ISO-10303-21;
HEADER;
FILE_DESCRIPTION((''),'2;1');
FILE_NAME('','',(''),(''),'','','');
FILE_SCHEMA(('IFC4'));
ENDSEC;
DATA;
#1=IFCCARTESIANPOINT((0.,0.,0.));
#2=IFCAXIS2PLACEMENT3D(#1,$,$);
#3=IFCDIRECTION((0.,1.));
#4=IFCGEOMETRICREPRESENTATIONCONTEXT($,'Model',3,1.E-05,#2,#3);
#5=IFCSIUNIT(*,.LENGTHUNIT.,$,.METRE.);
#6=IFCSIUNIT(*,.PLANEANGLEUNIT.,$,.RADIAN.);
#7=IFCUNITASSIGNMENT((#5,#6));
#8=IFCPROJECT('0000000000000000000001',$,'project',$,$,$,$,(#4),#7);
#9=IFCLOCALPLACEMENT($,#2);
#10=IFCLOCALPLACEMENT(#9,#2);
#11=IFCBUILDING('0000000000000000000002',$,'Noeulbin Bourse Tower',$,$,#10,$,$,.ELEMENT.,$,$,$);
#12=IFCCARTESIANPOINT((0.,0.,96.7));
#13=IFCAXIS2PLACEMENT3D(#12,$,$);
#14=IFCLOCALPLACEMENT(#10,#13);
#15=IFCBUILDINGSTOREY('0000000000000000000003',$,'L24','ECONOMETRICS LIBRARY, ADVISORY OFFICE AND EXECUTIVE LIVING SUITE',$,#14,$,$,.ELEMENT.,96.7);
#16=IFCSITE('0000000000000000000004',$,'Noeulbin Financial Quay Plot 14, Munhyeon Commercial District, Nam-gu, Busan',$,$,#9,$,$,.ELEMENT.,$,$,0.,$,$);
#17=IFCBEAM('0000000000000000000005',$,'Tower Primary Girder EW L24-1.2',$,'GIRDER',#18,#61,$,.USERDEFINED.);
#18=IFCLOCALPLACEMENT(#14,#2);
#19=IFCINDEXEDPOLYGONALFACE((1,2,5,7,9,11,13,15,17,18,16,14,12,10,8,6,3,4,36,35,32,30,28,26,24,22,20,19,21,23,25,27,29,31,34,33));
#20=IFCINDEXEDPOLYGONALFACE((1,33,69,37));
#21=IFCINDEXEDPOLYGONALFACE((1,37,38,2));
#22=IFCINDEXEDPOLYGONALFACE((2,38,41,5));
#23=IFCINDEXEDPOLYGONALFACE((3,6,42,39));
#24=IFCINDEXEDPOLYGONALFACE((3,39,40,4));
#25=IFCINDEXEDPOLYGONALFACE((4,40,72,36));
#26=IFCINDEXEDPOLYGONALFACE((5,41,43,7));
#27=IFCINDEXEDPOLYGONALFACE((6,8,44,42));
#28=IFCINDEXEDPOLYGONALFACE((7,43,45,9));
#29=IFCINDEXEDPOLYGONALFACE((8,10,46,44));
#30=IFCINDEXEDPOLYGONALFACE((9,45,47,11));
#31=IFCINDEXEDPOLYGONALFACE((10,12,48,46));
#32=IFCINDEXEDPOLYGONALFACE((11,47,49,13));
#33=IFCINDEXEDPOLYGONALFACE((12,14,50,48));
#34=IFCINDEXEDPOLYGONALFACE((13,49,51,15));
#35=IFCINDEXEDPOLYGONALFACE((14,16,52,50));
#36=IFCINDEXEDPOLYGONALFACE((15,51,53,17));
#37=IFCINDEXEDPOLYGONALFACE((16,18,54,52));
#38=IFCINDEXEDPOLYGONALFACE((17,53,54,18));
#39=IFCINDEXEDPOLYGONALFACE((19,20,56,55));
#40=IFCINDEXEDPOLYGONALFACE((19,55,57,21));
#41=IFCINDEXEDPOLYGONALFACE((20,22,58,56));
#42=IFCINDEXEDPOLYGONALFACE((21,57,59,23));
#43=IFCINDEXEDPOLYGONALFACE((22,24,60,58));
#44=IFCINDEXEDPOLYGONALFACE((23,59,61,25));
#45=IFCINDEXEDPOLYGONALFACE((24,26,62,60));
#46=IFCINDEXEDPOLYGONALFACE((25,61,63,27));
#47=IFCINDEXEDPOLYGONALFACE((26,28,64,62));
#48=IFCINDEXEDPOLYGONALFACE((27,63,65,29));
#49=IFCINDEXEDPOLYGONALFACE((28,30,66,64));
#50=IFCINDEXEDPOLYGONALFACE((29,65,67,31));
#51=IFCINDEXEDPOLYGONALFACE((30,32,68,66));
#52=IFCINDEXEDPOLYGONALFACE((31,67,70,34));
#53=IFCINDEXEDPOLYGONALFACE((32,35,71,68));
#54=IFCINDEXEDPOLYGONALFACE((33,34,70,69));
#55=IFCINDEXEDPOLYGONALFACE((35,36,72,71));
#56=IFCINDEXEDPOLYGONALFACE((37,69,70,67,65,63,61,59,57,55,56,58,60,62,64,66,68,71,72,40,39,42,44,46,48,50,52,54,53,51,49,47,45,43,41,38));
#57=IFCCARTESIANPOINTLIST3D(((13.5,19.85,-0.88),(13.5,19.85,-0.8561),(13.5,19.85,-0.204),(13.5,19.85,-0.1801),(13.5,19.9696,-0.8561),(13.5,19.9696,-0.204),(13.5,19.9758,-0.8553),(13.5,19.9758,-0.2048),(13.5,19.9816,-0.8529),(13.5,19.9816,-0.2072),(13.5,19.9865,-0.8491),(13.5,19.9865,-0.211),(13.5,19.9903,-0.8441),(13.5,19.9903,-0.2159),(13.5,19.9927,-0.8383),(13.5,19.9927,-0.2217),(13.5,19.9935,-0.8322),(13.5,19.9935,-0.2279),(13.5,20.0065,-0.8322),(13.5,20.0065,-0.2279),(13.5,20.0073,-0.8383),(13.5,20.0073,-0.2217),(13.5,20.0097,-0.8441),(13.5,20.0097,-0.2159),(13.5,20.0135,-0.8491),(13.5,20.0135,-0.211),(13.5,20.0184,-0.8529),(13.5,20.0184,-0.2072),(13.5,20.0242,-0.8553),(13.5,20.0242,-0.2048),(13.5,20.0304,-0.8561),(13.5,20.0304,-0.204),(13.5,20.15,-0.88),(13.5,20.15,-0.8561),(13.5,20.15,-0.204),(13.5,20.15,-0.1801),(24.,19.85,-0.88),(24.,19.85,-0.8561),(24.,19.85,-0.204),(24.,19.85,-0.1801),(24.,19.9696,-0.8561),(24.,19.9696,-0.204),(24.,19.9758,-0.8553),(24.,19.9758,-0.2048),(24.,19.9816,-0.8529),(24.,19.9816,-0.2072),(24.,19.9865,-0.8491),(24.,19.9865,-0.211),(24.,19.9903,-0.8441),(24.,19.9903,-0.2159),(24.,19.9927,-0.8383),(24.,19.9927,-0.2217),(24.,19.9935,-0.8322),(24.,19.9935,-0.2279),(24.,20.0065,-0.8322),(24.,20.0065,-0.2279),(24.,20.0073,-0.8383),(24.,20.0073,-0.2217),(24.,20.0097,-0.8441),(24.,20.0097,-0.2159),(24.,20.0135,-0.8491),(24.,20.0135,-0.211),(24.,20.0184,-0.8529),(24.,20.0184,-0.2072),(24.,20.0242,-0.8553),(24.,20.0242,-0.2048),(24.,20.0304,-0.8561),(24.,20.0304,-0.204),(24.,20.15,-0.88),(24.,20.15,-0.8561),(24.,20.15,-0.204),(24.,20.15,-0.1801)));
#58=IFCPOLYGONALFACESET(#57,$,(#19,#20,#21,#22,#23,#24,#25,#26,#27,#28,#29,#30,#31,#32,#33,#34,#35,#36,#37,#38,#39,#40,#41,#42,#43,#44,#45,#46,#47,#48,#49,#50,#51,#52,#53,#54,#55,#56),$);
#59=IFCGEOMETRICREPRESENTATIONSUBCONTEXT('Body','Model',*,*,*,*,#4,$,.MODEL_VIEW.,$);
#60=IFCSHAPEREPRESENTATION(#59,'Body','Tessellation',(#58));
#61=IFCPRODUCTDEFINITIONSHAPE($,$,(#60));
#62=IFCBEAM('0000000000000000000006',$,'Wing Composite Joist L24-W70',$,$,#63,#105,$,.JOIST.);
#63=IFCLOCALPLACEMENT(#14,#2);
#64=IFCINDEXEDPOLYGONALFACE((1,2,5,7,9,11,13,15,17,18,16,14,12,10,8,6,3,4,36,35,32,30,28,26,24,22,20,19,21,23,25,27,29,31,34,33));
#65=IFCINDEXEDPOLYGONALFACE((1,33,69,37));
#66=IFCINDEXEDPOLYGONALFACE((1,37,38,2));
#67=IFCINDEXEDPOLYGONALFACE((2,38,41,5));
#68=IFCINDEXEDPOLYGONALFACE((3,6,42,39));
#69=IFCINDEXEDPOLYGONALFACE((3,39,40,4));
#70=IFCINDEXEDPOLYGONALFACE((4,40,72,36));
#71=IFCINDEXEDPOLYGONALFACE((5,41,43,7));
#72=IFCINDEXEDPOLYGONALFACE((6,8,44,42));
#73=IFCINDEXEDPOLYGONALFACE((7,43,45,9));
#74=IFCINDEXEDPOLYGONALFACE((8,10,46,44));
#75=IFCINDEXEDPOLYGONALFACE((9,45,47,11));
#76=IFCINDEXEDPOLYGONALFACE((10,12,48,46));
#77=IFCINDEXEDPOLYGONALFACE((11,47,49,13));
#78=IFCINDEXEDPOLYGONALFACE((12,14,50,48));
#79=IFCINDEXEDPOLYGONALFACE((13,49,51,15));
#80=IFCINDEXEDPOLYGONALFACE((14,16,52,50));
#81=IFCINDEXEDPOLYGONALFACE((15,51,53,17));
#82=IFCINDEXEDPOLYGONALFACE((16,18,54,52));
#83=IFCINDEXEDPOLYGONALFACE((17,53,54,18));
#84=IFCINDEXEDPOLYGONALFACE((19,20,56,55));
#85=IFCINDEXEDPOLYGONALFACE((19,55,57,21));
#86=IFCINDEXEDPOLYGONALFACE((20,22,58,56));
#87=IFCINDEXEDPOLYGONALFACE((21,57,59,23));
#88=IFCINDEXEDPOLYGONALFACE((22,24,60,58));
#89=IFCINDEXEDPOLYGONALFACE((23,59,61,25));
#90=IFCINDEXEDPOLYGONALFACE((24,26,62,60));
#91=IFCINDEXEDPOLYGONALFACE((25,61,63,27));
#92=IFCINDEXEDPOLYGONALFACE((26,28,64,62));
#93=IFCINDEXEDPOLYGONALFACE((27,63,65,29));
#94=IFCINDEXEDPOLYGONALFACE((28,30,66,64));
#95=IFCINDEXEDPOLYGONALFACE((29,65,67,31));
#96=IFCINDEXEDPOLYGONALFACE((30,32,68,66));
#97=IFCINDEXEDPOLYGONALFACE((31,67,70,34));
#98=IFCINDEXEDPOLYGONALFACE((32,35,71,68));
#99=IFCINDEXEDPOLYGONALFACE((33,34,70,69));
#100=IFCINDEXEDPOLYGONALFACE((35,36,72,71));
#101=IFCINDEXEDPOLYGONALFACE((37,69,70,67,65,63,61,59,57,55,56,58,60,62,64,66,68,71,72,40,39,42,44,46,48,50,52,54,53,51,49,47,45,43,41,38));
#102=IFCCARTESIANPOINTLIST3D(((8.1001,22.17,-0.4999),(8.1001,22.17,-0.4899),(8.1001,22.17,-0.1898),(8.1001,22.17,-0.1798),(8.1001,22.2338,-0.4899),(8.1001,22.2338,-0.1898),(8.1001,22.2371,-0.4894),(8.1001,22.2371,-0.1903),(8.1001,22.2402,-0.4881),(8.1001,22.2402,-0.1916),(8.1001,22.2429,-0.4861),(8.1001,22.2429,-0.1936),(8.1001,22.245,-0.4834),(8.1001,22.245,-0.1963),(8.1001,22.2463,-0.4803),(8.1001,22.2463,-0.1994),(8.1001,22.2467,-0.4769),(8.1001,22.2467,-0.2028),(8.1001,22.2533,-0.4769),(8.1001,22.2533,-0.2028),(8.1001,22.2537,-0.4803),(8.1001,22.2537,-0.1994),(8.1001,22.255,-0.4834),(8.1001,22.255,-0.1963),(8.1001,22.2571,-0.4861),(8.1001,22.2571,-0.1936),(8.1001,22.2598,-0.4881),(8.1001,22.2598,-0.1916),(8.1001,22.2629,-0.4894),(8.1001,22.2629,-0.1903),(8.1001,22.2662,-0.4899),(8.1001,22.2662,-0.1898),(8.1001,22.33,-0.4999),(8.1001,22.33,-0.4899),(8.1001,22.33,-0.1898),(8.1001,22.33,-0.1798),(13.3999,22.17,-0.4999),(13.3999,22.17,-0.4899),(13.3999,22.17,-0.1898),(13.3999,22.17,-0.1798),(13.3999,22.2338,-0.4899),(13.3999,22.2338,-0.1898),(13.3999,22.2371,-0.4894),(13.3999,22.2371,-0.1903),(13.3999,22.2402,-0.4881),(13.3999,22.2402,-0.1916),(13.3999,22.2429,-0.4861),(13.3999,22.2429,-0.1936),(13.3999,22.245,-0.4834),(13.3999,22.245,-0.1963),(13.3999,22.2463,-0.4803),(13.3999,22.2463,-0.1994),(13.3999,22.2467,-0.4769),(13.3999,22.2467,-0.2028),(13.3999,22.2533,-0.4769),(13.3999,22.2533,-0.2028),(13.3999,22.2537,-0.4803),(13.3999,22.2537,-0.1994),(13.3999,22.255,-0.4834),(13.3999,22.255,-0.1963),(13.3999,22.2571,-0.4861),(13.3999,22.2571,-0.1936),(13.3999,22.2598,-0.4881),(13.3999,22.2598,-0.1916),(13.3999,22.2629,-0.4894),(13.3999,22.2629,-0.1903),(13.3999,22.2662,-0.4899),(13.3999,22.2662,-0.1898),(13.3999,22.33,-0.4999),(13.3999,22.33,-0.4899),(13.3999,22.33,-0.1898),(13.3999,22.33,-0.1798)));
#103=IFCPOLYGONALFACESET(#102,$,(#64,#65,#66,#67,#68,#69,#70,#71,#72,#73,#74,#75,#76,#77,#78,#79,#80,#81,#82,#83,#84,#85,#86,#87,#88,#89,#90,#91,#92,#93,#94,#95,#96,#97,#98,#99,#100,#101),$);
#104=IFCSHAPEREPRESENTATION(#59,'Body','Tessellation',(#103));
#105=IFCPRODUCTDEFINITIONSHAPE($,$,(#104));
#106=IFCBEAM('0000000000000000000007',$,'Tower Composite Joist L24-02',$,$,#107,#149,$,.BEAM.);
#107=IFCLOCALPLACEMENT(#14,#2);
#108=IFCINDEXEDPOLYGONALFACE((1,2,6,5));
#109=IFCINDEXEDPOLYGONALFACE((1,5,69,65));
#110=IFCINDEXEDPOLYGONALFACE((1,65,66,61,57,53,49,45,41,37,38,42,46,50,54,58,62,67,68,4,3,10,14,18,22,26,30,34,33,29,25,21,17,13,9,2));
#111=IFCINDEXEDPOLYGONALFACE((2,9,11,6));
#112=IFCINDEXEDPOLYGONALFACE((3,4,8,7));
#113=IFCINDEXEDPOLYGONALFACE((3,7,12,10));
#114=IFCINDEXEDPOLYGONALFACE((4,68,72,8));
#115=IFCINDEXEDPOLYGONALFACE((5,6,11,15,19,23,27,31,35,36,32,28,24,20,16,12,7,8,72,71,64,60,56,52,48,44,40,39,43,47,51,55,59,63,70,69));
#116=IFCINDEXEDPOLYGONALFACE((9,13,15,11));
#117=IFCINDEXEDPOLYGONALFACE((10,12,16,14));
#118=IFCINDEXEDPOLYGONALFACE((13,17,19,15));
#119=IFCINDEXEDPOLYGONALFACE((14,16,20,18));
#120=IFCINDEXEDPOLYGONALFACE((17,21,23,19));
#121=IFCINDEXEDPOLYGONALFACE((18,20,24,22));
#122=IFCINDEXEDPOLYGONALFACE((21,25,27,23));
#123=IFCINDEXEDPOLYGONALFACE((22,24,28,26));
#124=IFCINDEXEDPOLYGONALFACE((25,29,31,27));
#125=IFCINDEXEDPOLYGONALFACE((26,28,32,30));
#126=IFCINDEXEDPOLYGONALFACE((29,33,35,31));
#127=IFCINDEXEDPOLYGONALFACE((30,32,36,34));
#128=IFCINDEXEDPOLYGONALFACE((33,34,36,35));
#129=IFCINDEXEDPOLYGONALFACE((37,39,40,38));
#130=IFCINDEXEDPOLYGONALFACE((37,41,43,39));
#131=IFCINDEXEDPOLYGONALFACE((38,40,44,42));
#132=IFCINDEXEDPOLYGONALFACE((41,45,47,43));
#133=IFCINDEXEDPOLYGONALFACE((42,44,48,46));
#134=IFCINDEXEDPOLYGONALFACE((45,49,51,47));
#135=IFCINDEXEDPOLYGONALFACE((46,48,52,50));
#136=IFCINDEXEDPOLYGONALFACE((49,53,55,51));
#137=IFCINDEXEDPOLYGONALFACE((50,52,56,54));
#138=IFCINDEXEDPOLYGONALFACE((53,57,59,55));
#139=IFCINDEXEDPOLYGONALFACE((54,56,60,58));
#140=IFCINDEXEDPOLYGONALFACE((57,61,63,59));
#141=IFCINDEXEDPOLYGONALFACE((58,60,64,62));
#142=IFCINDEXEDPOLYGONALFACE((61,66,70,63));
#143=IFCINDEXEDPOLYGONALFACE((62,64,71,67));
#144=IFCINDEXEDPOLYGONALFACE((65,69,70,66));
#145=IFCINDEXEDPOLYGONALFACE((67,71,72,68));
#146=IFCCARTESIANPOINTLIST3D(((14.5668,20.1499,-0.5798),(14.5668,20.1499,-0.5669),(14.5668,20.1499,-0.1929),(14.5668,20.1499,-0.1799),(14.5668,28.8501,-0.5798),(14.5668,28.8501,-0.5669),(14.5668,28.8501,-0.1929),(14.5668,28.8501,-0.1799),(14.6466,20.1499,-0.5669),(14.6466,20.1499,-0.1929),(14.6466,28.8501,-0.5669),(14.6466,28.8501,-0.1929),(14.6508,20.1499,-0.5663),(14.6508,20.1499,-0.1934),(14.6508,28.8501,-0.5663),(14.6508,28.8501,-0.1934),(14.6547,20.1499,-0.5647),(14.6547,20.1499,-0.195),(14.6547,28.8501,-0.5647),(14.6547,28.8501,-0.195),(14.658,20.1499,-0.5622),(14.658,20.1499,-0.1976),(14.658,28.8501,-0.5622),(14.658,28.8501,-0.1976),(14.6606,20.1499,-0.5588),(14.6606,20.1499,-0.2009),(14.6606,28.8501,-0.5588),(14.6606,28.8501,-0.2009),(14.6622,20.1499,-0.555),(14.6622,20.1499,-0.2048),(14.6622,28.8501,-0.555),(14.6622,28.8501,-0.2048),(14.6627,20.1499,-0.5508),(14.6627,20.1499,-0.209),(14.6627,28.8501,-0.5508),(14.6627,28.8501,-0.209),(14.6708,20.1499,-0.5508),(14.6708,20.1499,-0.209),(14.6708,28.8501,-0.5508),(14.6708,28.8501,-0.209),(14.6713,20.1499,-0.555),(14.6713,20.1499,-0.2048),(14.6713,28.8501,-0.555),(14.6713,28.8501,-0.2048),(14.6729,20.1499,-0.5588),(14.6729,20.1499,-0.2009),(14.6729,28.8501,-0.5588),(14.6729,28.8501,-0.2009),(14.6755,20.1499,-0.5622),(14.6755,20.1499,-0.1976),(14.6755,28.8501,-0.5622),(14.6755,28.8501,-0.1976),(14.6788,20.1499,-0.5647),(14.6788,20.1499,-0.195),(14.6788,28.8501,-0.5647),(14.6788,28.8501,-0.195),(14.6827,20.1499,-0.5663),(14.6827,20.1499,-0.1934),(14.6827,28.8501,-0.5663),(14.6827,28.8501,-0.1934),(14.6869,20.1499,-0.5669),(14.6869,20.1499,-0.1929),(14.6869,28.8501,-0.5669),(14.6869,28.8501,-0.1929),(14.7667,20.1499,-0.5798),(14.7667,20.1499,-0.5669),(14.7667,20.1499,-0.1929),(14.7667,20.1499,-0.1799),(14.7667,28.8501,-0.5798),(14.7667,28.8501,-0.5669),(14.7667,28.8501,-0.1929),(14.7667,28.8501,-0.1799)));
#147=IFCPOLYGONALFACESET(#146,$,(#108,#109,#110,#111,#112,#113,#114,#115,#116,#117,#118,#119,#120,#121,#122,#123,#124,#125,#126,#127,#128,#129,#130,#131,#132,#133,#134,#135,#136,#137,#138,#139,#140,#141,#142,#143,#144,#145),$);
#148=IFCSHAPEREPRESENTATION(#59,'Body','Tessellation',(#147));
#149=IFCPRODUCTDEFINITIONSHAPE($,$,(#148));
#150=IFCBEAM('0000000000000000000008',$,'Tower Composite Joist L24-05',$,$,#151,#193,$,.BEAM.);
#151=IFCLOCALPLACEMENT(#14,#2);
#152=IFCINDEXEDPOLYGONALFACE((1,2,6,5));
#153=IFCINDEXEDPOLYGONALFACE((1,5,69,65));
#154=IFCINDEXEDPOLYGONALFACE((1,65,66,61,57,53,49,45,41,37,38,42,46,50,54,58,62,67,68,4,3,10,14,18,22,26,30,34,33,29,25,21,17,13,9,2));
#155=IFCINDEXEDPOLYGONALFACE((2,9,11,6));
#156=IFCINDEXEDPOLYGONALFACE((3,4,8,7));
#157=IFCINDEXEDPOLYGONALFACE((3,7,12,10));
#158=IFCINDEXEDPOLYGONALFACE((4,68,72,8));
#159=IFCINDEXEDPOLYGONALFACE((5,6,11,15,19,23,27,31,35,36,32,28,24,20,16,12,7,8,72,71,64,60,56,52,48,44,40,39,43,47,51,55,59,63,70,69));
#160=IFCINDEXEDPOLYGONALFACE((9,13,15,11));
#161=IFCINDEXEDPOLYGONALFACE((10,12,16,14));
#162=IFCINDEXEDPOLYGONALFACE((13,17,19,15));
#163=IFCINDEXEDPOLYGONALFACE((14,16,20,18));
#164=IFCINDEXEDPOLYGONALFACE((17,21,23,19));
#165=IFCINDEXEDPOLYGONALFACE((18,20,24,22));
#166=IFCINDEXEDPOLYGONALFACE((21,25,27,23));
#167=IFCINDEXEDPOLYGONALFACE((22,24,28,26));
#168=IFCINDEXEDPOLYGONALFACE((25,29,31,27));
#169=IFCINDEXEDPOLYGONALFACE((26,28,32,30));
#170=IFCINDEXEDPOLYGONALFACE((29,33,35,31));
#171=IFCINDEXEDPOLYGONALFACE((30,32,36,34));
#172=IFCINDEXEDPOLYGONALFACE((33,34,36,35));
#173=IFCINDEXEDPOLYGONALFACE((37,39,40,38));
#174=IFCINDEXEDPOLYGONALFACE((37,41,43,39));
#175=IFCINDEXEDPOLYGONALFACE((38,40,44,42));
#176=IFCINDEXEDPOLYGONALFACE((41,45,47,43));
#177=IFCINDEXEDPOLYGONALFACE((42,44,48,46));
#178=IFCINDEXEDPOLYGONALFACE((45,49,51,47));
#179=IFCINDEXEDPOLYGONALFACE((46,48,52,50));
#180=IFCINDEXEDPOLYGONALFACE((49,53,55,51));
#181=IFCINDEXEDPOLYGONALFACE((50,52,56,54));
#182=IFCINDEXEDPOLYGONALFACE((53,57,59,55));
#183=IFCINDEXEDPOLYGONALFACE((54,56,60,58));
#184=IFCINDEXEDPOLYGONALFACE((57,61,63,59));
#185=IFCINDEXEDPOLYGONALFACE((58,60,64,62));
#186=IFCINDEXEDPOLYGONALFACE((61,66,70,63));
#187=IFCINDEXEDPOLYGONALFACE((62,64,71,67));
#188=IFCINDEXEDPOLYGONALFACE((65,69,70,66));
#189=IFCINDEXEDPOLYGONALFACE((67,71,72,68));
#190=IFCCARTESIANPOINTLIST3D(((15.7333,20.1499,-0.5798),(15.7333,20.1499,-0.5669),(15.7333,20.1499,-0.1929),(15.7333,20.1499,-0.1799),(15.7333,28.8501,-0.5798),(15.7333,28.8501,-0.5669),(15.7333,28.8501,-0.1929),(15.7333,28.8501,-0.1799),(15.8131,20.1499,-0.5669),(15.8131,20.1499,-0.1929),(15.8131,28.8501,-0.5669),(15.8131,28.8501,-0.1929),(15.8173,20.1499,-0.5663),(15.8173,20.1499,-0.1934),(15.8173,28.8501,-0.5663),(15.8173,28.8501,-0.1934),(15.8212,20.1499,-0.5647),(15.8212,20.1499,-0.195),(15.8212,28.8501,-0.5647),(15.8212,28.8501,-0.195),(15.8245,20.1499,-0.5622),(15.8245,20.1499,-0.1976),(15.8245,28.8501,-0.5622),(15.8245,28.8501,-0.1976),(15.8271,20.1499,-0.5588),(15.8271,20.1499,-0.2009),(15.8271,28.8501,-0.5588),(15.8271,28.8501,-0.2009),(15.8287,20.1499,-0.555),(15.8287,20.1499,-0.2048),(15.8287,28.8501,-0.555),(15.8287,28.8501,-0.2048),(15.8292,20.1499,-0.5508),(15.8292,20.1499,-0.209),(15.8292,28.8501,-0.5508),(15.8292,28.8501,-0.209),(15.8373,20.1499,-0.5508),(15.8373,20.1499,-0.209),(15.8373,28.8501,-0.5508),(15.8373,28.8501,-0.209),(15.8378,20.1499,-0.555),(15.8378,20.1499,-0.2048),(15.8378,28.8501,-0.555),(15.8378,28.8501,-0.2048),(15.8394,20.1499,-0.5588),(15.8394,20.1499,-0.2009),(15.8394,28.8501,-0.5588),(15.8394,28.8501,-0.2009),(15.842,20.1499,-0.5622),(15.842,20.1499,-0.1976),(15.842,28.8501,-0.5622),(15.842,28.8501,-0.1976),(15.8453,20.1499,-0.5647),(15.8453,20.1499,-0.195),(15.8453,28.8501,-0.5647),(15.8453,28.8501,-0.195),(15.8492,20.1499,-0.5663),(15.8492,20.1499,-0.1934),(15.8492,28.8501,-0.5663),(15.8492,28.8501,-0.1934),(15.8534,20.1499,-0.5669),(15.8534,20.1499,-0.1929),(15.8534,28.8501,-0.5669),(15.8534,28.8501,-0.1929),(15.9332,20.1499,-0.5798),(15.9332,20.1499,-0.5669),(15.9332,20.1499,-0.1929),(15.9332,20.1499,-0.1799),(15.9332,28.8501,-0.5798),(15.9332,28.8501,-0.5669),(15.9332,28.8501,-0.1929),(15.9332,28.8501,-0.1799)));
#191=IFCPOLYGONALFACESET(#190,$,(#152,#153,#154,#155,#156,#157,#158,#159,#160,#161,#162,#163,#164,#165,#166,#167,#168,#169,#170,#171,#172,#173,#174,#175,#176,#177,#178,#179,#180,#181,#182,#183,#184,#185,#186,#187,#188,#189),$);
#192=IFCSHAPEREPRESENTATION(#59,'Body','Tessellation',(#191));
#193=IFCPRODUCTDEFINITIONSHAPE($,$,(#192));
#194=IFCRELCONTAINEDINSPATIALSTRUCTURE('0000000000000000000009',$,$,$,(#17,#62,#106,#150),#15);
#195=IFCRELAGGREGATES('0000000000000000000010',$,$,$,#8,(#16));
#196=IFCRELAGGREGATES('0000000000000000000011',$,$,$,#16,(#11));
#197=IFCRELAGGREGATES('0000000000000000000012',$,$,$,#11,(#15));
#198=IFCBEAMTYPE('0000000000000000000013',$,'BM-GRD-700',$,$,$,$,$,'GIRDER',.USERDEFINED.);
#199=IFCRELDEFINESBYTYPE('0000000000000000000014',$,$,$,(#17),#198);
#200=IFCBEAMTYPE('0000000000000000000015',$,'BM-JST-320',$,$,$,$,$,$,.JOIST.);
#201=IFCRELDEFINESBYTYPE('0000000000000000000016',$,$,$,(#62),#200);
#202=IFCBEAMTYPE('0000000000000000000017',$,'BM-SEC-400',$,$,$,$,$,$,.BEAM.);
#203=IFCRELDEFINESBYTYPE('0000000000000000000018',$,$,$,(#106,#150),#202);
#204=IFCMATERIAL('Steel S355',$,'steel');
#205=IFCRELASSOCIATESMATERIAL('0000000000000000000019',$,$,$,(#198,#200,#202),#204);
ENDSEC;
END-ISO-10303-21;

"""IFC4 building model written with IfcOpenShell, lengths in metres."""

from ifc_helpers import new_model, si_unit, direction, frame, origin, origin_2d, place, context, subcontext, project, spatial, i_section, extrude, material, material_profile, profile_set, type_object, element, save


model = new_model("IFC4")

# Units and contexts
model_context = context("Model", 3, precision=1e-05, world=origin(), true_north=direction((0.0, 1.0)))
body_context = subcontext(model_context, "Body", "Model", "MODEL_VIEW")
ifc_project = project(units=[si_unit("LENGTHUNIT", "METRE"), si_unit("PLANEANGLEUNIT", "RADIAN")], contexts=[model_context])

# Site, building, storey
site_placement = place(None, origin())
site = spatial("IfcSite", under=ifc_project, at=site_placement, Name="Noeulbin Financial Quay Plot 14, Munhyeon Commercial District, Nam-gu, Busan", CompositionType="ELEMENT", RefElevation=0.0)
building_placement = place(site_placement, origin())
building = spatial("IfcBuilding", under=site, at=building_placement, Name="Noeulbin Bourse Tower", CompositionType="ELEMENT")
storey_placement = place(building_placement, frame((0.0, 0.0, 96.7)))
storey = spatial("IfcBuildingStorey", under=building, at=storey_placement, Name="L24", Description="ECONOMETRICS LIBRARY, ADVISORY OFFICE AND EXECUTIVE LIVING SUITE", CompositionType="ELEMENT", Elevation=96.7)

# Beams
ifc_material_1 = material(Name="Steel S355", Category="steel")
ifc_material_profile_1 = material_profile(ifc_material_1, i_section(OverallWidth=0.3, OverallDepth=0.7, WebThickness=0.0129, FlangeThickness=0.0239, FilletRadius=0.0239, at=origin_2d()), Name="H-700x300x13x24", Category="LoadBearing")
ifc_profile_set_1 = profile_set([ifc_material_profile_1], Name="Steel S355")
beam_type_1 = type_object("IfcBeamType", Name="BM-GRD-700", ElementType="GIRDER", PredefinedType="USERDEFINED", material=ifc_profile_set_1)
beam_1_placement = place(storey_placement, frame((13.5, 20.0, -0.53), z_axis=(1.0, 0.0, 0.0), x_axis=(0.0, 1.0, 0.0)))
element("IfcBeam", 1, at=beam_1_placement, inside=storey, type_object=beam_type_1, Name="Tower Primary Girder EW L24-1.2", ObjectType="GIRDER", PredefinedType="USERDEFINED", context=body_context, shape_type="SweptSolid", body=[
    extrude(i_section(OverallWidth=0.3, OverallDepth=0.7, WebThickness=0.0129, FlangeThickness=0.0239, FilletRadius=0.0239, at=origin_2d()), origin(), (0.0, 0.0, 1.0), 10.5),
])
ifc_material_profile_2 = material_profile(ifc_material_1, i_section(OverallWidth=0.1599, OverallDepth=0.3201, WebThickness=0.0066, FlangeThickness=0.01, FilletRadius=0.0129, at=origin_2d()), Name="H-320x160x6.5x10", Category="LoadBearing")
ifc_profile_set_2 = profile_set([ifc_material_profile_2], Name="Steel S355")
beam_type_2 = type_object("IfcBeamType", Name="BM-JST-320", PredefinedType="JOIST", material=ifc_profile_set_2)
beam_2_placement = place(storey_placement, frame((8.1001, 22.25, -0.3398), z_axis=(1.0, 0.0, 0.0), x_axis=(0.0, 1.0, 0.0)))
element("IfcBeam", 2, at=beam_2_placement, inside=storey, type_object=beam_type_2, Name="Wing Composite Joist L24-W70", PredefinedType="JOIST", context=body_context, shape_type="SweptSolid", body=[
    extrude(i_section(OverallWidth=0.1599, OverallDepth=0.3201, WebThickness=0.0066, FlangeThickness=0.01, FilletRadius=0.0129, at=origin_2d()), origin(), (0.0, 0.0, 1.0), 5.2998),
])
ifc_material_profile_3 = material_profile(ifc_material_1, i_section(OverallWidth=0.2, OverallDepth=0.3999, WebThickness=0.0081, FlangeThickness=0.0129, FilletRadius=0.0161, at=origin_2d()), Name="H-400x200x8x13", Category="LoadBearing")
ifc_profile_set_3 = profile_set([ifc_material_profile_3], Name="Steel S355")
beam_type_3 = type_object("IfcBeamType", Name="BM-SEC-400", PredefinedType="BEAM", material=ifc_profile_set_3)
for number, where, z_axis, x_axis, name in (
    (3, (14.6667, 20.1499, -0.3799), (0.0, 1.0, 0.0), (-1.0, 0.0, 0.0), "Tower Composite Joist L24-02"),
    (4, (15.8333, 20.1499, -0.3799), (0.0, 1.0, 0.0), (-1.0, 0.0, 0.0), "Tower Composite Joist L24-05"),
):
    element("IfcBeam", number, at=place(storey_placement, frame(where, z_axis=z_axis, x_axis=x_axis)), inside=storey, type_object=beam_type_3, Name=name, PredefinedType="BEAM", context=body_context, shape_type="SweptSolid", body=[
        extrude(i_section(OverallWidth=0.2, OverallDepth=0.3999, WebThickness=0.0081, FlangeThickness=0.0129, FilletRadius=0.0161, at=origin_2d()), origin(), (0.0, 0.0, 1.0), 8.7002),
    ])

save(model, "model.ifc")
